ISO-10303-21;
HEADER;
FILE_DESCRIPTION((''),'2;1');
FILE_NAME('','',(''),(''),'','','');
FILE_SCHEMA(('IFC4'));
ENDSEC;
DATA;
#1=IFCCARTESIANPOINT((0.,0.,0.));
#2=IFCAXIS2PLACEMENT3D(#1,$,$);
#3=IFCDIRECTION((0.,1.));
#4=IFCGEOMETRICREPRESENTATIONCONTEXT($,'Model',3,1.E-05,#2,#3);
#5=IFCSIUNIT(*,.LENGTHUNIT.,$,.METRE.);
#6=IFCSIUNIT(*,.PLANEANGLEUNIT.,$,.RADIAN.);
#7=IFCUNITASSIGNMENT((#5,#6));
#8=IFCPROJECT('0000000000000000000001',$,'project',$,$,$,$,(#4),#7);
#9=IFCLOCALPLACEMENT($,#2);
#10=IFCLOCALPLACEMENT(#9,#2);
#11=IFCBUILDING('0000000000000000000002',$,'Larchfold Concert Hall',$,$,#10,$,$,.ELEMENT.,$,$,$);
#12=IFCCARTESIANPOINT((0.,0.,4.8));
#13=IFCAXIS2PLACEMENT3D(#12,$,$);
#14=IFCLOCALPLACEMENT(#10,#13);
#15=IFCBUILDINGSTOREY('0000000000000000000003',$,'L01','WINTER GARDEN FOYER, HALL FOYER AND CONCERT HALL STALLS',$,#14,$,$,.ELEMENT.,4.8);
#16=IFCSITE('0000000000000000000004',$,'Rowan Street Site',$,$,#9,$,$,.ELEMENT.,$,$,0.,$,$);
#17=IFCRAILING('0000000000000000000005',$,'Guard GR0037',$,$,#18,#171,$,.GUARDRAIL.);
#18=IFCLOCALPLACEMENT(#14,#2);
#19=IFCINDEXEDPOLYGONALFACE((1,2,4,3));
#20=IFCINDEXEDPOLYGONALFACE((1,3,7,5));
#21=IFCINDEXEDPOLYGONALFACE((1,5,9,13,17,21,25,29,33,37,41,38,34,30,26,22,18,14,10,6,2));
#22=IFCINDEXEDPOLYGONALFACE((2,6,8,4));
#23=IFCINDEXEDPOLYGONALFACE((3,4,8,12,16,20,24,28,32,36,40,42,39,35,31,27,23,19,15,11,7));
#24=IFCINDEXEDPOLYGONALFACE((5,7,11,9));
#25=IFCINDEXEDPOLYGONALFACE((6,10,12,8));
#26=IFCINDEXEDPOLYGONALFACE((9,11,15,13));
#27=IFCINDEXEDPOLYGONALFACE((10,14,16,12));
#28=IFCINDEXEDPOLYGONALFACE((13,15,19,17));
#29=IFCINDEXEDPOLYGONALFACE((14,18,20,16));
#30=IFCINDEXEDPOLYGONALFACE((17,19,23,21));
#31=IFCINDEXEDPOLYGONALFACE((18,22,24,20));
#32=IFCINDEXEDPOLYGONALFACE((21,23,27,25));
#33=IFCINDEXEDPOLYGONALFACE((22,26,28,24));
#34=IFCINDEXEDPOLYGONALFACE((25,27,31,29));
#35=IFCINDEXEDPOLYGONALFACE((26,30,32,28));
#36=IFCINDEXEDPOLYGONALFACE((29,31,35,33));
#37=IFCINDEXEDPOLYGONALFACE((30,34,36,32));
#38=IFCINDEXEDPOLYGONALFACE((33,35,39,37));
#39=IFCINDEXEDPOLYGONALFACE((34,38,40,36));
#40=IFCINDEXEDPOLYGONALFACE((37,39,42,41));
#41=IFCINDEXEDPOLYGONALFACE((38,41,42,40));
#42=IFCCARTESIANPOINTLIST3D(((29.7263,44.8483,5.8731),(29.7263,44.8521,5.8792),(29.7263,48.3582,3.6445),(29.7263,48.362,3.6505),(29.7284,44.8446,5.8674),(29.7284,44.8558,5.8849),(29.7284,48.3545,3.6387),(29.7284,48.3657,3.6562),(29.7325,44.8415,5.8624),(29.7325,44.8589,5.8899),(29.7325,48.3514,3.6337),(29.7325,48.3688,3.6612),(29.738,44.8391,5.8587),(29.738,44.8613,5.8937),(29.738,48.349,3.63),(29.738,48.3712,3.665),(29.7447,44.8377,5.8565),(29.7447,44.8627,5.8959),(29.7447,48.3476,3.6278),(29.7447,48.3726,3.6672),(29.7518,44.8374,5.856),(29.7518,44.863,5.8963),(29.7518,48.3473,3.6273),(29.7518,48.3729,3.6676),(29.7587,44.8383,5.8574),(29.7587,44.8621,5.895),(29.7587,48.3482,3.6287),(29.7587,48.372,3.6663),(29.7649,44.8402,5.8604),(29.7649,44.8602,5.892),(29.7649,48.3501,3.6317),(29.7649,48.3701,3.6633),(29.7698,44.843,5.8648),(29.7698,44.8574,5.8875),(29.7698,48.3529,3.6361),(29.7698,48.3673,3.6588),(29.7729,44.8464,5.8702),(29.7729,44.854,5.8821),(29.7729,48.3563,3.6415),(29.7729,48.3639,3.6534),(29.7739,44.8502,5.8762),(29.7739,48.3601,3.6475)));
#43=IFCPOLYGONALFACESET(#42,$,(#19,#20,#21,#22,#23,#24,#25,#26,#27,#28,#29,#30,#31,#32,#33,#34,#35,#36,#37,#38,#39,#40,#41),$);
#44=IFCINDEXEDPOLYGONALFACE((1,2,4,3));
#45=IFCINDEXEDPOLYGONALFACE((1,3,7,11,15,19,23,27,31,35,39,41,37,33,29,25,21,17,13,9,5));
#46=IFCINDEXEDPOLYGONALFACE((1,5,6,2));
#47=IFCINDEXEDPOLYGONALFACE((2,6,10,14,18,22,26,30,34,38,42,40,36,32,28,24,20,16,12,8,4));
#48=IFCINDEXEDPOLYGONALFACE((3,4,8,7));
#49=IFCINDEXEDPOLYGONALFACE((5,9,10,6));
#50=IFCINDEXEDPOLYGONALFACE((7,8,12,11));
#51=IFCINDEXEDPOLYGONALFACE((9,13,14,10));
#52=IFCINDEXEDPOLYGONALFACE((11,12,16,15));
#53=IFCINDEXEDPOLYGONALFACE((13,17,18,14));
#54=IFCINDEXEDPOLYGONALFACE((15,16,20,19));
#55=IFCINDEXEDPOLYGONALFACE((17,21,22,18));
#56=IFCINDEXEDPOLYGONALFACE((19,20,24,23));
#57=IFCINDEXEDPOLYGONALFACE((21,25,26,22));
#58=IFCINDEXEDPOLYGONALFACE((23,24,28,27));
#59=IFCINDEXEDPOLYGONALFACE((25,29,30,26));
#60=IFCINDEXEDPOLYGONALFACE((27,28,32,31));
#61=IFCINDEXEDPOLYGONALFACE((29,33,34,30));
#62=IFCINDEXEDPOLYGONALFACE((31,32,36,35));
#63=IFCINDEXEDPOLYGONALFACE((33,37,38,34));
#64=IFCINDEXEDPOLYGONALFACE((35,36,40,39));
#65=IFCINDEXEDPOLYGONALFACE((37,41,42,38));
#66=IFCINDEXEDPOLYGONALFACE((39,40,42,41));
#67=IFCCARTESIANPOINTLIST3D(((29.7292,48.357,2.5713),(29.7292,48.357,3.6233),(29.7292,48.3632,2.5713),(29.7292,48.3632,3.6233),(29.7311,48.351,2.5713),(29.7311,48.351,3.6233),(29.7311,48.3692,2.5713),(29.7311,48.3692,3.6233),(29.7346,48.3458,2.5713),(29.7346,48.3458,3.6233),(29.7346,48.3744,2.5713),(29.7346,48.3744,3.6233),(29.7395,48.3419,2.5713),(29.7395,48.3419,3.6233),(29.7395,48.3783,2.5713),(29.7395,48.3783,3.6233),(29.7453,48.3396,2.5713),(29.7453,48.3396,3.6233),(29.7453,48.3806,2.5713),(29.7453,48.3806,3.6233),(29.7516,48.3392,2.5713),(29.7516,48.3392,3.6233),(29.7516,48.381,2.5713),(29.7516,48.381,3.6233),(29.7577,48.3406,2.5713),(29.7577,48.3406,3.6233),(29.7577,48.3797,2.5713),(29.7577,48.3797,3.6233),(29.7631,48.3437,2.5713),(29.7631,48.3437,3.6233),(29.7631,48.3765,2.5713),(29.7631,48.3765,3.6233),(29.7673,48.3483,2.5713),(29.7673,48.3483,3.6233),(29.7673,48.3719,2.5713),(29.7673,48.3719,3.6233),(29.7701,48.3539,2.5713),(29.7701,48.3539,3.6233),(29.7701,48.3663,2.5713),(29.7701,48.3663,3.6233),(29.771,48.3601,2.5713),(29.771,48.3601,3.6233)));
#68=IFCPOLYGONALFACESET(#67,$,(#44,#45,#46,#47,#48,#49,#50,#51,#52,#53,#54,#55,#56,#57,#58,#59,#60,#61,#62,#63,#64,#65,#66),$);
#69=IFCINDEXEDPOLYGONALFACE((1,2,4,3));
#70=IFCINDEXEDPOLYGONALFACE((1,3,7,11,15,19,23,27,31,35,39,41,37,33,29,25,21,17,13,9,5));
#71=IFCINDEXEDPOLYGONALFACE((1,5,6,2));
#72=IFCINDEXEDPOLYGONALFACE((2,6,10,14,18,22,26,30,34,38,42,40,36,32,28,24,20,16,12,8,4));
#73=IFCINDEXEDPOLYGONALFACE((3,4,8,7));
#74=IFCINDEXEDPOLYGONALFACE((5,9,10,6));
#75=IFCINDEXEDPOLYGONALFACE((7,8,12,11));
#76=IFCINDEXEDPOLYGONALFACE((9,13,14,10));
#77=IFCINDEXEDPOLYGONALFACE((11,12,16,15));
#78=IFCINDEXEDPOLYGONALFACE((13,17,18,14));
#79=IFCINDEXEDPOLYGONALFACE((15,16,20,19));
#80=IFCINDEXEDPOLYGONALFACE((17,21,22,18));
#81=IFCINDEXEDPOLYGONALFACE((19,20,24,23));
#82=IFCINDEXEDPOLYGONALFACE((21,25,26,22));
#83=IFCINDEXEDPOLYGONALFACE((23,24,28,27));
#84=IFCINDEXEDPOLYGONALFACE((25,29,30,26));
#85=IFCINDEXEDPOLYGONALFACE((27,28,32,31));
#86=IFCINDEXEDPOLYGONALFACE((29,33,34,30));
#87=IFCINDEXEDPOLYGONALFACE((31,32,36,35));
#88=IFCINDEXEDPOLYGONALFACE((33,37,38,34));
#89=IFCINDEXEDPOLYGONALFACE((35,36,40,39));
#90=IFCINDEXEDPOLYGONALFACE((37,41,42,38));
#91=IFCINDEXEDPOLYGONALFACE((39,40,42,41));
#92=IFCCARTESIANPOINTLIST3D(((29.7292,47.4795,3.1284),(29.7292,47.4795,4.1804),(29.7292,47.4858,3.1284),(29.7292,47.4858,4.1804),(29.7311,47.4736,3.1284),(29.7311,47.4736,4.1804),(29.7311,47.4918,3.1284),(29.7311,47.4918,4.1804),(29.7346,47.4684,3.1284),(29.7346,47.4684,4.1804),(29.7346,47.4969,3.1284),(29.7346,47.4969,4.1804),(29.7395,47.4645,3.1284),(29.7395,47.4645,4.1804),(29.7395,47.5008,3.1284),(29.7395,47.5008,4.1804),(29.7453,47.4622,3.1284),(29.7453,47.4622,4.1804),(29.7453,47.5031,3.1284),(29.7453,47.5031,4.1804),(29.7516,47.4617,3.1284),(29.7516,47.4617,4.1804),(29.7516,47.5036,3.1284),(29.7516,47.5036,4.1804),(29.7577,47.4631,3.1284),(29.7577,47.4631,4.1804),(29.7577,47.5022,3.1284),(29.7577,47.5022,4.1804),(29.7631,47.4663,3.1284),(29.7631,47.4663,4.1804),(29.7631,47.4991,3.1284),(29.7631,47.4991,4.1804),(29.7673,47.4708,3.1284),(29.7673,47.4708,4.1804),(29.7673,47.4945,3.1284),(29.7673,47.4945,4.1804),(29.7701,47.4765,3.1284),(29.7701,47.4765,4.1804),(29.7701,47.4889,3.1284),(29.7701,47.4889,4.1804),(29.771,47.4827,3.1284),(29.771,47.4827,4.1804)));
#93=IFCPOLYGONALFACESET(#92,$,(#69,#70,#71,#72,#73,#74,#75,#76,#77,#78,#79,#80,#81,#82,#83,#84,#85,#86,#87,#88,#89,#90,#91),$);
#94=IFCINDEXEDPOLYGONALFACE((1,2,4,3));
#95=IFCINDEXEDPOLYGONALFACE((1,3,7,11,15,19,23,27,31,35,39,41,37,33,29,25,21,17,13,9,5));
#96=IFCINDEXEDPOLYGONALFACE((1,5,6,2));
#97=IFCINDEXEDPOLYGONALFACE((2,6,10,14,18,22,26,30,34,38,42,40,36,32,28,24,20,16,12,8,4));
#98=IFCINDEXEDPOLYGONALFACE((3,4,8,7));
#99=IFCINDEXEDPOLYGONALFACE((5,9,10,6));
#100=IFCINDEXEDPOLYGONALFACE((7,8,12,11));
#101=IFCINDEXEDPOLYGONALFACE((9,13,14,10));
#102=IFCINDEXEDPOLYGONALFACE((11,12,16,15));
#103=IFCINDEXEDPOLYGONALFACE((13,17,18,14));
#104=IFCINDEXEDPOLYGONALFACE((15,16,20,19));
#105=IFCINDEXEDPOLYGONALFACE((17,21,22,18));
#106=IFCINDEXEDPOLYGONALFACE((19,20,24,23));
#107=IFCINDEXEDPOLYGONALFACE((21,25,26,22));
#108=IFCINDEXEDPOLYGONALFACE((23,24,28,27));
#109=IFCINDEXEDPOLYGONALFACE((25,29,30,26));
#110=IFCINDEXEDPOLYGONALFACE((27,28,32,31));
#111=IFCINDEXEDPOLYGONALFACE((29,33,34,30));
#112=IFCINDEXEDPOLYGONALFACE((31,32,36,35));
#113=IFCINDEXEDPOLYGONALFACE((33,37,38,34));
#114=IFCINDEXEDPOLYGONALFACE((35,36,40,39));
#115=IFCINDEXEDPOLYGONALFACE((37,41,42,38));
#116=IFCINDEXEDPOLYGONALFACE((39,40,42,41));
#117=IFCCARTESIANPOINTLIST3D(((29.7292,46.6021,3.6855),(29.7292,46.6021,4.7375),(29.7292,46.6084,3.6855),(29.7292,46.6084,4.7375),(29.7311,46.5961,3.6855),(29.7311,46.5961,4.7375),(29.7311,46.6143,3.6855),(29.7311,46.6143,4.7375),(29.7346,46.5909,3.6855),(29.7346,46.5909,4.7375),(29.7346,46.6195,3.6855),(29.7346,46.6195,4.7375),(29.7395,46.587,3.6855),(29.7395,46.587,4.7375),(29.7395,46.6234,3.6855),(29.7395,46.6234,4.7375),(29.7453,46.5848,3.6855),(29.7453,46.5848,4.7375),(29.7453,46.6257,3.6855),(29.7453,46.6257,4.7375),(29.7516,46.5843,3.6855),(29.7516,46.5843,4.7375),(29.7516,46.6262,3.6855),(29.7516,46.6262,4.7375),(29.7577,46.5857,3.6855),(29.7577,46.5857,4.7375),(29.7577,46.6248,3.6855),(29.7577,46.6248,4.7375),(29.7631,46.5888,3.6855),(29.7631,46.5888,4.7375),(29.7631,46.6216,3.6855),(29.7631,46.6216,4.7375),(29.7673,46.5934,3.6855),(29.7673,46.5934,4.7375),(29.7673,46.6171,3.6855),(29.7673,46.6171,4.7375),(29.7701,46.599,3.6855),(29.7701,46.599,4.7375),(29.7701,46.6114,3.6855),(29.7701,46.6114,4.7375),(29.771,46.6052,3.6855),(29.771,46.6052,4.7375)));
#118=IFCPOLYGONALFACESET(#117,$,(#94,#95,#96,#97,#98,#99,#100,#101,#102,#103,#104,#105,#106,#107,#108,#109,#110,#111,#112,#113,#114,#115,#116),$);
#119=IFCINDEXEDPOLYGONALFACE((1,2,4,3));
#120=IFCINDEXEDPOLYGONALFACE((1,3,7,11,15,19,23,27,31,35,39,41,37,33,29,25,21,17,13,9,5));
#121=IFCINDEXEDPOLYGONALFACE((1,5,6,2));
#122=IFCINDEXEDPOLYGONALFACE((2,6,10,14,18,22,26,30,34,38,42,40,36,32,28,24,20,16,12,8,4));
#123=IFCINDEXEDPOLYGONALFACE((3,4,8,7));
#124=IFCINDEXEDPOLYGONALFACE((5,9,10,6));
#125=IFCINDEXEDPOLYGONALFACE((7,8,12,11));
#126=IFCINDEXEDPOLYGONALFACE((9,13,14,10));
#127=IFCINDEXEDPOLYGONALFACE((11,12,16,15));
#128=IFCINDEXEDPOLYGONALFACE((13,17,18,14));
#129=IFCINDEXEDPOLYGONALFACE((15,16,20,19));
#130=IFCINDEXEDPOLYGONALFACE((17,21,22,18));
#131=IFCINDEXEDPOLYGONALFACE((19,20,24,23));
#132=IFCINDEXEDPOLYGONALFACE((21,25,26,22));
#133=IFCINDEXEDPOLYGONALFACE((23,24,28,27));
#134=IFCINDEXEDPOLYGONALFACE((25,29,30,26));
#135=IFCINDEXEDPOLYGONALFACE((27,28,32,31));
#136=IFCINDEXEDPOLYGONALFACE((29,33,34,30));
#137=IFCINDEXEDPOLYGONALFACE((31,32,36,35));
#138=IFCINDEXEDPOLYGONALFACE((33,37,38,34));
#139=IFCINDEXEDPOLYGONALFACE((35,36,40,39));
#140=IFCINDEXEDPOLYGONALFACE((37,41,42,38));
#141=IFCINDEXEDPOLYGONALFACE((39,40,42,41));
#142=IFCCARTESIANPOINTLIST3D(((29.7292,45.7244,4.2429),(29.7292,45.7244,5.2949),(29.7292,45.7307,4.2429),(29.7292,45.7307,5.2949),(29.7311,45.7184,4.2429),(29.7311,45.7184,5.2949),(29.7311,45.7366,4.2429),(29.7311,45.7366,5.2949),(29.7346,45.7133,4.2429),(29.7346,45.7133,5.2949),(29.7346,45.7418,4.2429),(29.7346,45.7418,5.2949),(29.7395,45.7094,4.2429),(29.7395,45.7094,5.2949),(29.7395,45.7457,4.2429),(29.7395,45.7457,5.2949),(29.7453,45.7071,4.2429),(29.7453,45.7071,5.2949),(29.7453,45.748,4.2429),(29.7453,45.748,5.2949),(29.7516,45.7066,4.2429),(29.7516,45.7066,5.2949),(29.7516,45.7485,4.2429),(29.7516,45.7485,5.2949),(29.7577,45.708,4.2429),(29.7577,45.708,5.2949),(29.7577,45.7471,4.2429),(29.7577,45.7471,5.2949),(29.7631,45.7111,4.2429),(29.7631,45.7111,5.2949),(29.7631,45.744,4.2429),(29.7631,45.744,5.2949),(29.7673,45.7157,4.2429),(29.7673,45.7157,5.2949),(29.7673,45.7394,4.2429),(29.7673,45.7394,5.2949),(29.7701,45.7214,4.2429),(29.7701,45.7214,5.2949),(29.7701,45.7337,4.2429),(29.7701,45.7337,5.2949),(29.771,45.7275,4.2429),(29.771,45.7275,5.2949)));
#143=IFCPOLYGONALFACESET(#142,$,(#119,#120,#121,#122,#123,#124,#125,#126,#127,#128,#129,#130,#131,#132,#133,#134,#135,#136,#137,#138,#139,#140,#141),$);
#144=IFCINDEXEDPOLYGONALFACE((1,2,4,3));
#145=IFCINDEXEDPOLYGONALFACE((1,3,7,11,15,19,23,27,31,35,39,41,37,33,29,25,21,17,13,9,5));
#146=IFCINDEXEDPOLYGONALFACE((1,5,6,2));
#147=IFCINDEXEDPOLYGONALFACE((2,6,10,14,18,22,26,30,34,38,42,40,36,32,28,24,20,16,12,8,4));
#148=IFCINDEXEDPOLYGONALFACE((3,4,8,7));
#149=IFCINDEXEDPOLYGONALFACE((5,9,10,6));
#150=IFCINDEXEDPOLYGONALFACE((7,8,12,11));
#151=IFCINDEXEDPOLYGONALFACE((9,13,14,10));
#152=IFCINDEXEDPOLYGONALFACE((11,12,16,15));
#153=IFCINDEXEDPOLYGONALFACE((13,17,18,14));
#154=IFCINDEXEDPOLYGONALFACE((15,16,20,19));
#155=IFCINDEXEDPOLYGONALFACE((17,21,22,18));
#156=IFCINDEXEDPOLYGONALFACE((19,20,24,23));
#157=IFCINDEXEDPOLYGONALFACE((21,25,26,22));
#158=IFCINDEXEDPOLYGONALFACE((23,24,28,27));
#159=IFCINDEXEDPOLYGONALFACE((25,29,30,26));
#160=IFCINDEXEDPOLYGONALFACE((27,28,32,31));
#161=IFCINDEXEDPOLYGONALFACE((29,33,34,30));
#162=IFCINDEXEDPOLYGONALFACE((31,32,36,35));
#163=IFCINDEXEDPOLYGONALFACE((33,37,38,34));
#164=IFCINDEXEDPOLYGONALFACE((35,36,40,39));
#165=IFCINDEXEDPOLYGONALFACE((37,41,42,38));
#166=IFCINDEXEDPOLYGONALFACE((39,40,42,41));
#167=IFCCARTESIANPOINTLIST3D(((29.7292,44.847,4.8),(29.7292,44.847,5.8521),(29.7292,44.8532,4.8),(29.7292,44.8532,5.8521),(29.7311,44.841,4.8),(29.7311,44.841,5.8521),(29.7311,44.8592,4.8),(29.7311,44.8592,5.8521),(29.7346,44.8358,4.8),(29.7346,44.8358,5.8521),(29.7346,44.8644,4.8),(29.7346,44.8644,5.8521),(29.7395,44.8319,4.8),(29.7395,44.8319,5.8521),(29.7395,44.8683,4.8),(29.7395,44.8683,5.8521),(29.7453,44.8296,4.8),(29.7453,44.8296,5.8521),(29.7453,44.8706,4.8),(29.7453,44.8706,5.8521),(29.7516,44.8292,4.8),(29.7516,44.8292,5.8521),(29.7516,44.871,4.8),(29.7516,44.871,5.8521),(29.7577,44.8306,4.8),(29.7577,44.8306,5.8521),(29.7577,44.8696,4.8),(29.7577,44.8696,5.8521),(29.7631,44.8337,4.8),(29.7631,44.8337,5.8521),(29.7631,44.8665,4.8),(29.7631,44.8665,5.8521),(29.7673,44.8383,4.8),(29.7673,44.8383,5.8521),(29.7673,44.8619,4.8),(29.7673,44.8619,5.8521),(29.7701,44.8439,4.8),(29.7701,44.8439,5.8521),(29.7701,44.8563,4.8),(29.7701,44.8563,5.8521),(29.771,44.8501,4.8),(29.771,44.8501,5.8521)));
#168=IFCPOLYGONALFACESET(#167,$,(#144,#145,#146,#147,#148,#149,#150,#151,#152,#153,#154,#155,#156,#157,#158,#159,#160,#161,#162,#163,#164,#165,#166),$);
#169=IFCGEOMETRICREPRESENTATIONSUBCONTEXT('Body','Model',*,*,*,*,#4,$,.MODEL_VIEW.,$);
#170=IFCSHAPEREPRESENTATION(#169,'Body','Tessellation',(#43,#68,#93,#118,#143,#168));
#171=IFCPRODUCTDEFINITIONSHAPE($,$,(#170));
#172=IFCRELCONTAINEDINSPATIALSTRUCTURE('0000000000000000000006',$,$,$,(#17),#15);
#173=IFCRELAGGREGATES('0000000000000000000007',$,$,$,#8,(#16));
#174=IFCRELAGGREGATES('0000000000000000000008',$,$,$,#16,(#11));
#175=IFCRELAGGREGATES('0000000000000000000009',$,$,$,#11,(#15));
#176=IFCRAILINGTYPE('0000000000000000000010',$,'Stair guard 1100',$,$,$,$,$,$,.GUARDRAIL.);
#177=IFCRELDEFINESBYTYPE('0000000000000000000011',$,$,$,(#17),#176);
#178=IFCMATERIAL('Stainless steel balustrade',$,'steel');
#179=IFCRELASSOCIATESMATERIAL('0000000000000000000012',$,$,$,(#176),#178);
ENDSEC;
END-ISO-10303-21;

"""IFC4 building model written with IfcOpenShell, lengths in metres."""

from ifc_helpers import new_model, si_unit, direction, frame, origin, origin_2d, place, context, subcontext, project, spatial, circle, extrude, material, type_object, element, save


model = new_model("IFC4")

# Units and contexts
model_context = context("Model", 3, precision=1e-05, world=origin(), true_north=direction((0.0, 1.0)))
body_context = subcontext(model_context, "Body", "Model", "MODEL_VIEW")
ifc_project = project(units=[si_unit("LENGTHUNIT", "METRE"), si_unit("PLANEANGLEUNIT", "RADIAN")], contexts=[model_context])

# Site, building, storey
site_placement = place(None, origin())
site = spatial("IfcSite", under=ifc_project, at=site_placement, Name="Rowan Street Site", CompositionType="ELEMENT", RefElevation=0.0)
building_placement = place(site_placement, origin())
building = spatial("IfcBuilding", under=site, at=building_placement, Name="Larchfold Concert Hall", CompositionType="ELEMENT")
storey_placement = place(building_placement, frame((0.0, 0.0, 4.8)))
storey = spatial("IfcBuildingStorey", under=building, at=storey_placement, Name="L01", Description="WINTER GARDEN FOYER, HALL FOYER AND CONCERT HALL STALLS", CompositionType="ELEMENT", Elevation=4.8)

# Railing
ifc_material_1 = material(Name="Stainless steel balustrade", Category="steel")
railing_type_1 = type_object("IfcRailingType", Name="Stair guard 1100", PredefinedType="GUARDRAIL", material=ifc_material_1)
railing_1_placement = place(storey_placement, frame((29.75, 48.3601, 2.5713)))
element("IfcRailing", 1, at=railing_1_placement, inside=storey, type_object=railing_type_1, Name="Guard GR0037", PredefinedType="GUARDRAIL", context=body_context, shape_type="SweptSolid", body=[
    extrude(circle(Radius=0.0239, at=origin_2d()), frame((0.0, 0.0, 1.0762), z_axis=(0.0, -0.844193, 0.536039), x_axis=(1.0, 0.0, 0.0)), (0.0, 0.0, 1.0), 4.1577),
    extrude(circle(Radius=0.021, at=origin_2d()), origin(), (0.0, 0.0, 1.0), 1.052),
    extrude(circle(Radius=0.021, at=origin_2d()), frame((0.0, -0.8774, 0.5571)), (0.0, 0.0, 1.0), 1.052),
    extrude(circle(Radius=0.021, at=origin_2d()), frame((0.0, -1.7549, 1.1143)), (0.0, 0.0, 1.0), 1.052),
    extrude(circle(Radius=0.021, at=origin_2d()), frame((0.0, -2.6326, 1.6716)), (0.0, 0.0, 1.0), 1.052),
    extrude(circle(Radius=0.021, at=origin_2d()), frame((0.0, -3.51, 2.2288)), (0.0, 0.0, 1.0), 1.052),
])

save(model, "model.ifc")
